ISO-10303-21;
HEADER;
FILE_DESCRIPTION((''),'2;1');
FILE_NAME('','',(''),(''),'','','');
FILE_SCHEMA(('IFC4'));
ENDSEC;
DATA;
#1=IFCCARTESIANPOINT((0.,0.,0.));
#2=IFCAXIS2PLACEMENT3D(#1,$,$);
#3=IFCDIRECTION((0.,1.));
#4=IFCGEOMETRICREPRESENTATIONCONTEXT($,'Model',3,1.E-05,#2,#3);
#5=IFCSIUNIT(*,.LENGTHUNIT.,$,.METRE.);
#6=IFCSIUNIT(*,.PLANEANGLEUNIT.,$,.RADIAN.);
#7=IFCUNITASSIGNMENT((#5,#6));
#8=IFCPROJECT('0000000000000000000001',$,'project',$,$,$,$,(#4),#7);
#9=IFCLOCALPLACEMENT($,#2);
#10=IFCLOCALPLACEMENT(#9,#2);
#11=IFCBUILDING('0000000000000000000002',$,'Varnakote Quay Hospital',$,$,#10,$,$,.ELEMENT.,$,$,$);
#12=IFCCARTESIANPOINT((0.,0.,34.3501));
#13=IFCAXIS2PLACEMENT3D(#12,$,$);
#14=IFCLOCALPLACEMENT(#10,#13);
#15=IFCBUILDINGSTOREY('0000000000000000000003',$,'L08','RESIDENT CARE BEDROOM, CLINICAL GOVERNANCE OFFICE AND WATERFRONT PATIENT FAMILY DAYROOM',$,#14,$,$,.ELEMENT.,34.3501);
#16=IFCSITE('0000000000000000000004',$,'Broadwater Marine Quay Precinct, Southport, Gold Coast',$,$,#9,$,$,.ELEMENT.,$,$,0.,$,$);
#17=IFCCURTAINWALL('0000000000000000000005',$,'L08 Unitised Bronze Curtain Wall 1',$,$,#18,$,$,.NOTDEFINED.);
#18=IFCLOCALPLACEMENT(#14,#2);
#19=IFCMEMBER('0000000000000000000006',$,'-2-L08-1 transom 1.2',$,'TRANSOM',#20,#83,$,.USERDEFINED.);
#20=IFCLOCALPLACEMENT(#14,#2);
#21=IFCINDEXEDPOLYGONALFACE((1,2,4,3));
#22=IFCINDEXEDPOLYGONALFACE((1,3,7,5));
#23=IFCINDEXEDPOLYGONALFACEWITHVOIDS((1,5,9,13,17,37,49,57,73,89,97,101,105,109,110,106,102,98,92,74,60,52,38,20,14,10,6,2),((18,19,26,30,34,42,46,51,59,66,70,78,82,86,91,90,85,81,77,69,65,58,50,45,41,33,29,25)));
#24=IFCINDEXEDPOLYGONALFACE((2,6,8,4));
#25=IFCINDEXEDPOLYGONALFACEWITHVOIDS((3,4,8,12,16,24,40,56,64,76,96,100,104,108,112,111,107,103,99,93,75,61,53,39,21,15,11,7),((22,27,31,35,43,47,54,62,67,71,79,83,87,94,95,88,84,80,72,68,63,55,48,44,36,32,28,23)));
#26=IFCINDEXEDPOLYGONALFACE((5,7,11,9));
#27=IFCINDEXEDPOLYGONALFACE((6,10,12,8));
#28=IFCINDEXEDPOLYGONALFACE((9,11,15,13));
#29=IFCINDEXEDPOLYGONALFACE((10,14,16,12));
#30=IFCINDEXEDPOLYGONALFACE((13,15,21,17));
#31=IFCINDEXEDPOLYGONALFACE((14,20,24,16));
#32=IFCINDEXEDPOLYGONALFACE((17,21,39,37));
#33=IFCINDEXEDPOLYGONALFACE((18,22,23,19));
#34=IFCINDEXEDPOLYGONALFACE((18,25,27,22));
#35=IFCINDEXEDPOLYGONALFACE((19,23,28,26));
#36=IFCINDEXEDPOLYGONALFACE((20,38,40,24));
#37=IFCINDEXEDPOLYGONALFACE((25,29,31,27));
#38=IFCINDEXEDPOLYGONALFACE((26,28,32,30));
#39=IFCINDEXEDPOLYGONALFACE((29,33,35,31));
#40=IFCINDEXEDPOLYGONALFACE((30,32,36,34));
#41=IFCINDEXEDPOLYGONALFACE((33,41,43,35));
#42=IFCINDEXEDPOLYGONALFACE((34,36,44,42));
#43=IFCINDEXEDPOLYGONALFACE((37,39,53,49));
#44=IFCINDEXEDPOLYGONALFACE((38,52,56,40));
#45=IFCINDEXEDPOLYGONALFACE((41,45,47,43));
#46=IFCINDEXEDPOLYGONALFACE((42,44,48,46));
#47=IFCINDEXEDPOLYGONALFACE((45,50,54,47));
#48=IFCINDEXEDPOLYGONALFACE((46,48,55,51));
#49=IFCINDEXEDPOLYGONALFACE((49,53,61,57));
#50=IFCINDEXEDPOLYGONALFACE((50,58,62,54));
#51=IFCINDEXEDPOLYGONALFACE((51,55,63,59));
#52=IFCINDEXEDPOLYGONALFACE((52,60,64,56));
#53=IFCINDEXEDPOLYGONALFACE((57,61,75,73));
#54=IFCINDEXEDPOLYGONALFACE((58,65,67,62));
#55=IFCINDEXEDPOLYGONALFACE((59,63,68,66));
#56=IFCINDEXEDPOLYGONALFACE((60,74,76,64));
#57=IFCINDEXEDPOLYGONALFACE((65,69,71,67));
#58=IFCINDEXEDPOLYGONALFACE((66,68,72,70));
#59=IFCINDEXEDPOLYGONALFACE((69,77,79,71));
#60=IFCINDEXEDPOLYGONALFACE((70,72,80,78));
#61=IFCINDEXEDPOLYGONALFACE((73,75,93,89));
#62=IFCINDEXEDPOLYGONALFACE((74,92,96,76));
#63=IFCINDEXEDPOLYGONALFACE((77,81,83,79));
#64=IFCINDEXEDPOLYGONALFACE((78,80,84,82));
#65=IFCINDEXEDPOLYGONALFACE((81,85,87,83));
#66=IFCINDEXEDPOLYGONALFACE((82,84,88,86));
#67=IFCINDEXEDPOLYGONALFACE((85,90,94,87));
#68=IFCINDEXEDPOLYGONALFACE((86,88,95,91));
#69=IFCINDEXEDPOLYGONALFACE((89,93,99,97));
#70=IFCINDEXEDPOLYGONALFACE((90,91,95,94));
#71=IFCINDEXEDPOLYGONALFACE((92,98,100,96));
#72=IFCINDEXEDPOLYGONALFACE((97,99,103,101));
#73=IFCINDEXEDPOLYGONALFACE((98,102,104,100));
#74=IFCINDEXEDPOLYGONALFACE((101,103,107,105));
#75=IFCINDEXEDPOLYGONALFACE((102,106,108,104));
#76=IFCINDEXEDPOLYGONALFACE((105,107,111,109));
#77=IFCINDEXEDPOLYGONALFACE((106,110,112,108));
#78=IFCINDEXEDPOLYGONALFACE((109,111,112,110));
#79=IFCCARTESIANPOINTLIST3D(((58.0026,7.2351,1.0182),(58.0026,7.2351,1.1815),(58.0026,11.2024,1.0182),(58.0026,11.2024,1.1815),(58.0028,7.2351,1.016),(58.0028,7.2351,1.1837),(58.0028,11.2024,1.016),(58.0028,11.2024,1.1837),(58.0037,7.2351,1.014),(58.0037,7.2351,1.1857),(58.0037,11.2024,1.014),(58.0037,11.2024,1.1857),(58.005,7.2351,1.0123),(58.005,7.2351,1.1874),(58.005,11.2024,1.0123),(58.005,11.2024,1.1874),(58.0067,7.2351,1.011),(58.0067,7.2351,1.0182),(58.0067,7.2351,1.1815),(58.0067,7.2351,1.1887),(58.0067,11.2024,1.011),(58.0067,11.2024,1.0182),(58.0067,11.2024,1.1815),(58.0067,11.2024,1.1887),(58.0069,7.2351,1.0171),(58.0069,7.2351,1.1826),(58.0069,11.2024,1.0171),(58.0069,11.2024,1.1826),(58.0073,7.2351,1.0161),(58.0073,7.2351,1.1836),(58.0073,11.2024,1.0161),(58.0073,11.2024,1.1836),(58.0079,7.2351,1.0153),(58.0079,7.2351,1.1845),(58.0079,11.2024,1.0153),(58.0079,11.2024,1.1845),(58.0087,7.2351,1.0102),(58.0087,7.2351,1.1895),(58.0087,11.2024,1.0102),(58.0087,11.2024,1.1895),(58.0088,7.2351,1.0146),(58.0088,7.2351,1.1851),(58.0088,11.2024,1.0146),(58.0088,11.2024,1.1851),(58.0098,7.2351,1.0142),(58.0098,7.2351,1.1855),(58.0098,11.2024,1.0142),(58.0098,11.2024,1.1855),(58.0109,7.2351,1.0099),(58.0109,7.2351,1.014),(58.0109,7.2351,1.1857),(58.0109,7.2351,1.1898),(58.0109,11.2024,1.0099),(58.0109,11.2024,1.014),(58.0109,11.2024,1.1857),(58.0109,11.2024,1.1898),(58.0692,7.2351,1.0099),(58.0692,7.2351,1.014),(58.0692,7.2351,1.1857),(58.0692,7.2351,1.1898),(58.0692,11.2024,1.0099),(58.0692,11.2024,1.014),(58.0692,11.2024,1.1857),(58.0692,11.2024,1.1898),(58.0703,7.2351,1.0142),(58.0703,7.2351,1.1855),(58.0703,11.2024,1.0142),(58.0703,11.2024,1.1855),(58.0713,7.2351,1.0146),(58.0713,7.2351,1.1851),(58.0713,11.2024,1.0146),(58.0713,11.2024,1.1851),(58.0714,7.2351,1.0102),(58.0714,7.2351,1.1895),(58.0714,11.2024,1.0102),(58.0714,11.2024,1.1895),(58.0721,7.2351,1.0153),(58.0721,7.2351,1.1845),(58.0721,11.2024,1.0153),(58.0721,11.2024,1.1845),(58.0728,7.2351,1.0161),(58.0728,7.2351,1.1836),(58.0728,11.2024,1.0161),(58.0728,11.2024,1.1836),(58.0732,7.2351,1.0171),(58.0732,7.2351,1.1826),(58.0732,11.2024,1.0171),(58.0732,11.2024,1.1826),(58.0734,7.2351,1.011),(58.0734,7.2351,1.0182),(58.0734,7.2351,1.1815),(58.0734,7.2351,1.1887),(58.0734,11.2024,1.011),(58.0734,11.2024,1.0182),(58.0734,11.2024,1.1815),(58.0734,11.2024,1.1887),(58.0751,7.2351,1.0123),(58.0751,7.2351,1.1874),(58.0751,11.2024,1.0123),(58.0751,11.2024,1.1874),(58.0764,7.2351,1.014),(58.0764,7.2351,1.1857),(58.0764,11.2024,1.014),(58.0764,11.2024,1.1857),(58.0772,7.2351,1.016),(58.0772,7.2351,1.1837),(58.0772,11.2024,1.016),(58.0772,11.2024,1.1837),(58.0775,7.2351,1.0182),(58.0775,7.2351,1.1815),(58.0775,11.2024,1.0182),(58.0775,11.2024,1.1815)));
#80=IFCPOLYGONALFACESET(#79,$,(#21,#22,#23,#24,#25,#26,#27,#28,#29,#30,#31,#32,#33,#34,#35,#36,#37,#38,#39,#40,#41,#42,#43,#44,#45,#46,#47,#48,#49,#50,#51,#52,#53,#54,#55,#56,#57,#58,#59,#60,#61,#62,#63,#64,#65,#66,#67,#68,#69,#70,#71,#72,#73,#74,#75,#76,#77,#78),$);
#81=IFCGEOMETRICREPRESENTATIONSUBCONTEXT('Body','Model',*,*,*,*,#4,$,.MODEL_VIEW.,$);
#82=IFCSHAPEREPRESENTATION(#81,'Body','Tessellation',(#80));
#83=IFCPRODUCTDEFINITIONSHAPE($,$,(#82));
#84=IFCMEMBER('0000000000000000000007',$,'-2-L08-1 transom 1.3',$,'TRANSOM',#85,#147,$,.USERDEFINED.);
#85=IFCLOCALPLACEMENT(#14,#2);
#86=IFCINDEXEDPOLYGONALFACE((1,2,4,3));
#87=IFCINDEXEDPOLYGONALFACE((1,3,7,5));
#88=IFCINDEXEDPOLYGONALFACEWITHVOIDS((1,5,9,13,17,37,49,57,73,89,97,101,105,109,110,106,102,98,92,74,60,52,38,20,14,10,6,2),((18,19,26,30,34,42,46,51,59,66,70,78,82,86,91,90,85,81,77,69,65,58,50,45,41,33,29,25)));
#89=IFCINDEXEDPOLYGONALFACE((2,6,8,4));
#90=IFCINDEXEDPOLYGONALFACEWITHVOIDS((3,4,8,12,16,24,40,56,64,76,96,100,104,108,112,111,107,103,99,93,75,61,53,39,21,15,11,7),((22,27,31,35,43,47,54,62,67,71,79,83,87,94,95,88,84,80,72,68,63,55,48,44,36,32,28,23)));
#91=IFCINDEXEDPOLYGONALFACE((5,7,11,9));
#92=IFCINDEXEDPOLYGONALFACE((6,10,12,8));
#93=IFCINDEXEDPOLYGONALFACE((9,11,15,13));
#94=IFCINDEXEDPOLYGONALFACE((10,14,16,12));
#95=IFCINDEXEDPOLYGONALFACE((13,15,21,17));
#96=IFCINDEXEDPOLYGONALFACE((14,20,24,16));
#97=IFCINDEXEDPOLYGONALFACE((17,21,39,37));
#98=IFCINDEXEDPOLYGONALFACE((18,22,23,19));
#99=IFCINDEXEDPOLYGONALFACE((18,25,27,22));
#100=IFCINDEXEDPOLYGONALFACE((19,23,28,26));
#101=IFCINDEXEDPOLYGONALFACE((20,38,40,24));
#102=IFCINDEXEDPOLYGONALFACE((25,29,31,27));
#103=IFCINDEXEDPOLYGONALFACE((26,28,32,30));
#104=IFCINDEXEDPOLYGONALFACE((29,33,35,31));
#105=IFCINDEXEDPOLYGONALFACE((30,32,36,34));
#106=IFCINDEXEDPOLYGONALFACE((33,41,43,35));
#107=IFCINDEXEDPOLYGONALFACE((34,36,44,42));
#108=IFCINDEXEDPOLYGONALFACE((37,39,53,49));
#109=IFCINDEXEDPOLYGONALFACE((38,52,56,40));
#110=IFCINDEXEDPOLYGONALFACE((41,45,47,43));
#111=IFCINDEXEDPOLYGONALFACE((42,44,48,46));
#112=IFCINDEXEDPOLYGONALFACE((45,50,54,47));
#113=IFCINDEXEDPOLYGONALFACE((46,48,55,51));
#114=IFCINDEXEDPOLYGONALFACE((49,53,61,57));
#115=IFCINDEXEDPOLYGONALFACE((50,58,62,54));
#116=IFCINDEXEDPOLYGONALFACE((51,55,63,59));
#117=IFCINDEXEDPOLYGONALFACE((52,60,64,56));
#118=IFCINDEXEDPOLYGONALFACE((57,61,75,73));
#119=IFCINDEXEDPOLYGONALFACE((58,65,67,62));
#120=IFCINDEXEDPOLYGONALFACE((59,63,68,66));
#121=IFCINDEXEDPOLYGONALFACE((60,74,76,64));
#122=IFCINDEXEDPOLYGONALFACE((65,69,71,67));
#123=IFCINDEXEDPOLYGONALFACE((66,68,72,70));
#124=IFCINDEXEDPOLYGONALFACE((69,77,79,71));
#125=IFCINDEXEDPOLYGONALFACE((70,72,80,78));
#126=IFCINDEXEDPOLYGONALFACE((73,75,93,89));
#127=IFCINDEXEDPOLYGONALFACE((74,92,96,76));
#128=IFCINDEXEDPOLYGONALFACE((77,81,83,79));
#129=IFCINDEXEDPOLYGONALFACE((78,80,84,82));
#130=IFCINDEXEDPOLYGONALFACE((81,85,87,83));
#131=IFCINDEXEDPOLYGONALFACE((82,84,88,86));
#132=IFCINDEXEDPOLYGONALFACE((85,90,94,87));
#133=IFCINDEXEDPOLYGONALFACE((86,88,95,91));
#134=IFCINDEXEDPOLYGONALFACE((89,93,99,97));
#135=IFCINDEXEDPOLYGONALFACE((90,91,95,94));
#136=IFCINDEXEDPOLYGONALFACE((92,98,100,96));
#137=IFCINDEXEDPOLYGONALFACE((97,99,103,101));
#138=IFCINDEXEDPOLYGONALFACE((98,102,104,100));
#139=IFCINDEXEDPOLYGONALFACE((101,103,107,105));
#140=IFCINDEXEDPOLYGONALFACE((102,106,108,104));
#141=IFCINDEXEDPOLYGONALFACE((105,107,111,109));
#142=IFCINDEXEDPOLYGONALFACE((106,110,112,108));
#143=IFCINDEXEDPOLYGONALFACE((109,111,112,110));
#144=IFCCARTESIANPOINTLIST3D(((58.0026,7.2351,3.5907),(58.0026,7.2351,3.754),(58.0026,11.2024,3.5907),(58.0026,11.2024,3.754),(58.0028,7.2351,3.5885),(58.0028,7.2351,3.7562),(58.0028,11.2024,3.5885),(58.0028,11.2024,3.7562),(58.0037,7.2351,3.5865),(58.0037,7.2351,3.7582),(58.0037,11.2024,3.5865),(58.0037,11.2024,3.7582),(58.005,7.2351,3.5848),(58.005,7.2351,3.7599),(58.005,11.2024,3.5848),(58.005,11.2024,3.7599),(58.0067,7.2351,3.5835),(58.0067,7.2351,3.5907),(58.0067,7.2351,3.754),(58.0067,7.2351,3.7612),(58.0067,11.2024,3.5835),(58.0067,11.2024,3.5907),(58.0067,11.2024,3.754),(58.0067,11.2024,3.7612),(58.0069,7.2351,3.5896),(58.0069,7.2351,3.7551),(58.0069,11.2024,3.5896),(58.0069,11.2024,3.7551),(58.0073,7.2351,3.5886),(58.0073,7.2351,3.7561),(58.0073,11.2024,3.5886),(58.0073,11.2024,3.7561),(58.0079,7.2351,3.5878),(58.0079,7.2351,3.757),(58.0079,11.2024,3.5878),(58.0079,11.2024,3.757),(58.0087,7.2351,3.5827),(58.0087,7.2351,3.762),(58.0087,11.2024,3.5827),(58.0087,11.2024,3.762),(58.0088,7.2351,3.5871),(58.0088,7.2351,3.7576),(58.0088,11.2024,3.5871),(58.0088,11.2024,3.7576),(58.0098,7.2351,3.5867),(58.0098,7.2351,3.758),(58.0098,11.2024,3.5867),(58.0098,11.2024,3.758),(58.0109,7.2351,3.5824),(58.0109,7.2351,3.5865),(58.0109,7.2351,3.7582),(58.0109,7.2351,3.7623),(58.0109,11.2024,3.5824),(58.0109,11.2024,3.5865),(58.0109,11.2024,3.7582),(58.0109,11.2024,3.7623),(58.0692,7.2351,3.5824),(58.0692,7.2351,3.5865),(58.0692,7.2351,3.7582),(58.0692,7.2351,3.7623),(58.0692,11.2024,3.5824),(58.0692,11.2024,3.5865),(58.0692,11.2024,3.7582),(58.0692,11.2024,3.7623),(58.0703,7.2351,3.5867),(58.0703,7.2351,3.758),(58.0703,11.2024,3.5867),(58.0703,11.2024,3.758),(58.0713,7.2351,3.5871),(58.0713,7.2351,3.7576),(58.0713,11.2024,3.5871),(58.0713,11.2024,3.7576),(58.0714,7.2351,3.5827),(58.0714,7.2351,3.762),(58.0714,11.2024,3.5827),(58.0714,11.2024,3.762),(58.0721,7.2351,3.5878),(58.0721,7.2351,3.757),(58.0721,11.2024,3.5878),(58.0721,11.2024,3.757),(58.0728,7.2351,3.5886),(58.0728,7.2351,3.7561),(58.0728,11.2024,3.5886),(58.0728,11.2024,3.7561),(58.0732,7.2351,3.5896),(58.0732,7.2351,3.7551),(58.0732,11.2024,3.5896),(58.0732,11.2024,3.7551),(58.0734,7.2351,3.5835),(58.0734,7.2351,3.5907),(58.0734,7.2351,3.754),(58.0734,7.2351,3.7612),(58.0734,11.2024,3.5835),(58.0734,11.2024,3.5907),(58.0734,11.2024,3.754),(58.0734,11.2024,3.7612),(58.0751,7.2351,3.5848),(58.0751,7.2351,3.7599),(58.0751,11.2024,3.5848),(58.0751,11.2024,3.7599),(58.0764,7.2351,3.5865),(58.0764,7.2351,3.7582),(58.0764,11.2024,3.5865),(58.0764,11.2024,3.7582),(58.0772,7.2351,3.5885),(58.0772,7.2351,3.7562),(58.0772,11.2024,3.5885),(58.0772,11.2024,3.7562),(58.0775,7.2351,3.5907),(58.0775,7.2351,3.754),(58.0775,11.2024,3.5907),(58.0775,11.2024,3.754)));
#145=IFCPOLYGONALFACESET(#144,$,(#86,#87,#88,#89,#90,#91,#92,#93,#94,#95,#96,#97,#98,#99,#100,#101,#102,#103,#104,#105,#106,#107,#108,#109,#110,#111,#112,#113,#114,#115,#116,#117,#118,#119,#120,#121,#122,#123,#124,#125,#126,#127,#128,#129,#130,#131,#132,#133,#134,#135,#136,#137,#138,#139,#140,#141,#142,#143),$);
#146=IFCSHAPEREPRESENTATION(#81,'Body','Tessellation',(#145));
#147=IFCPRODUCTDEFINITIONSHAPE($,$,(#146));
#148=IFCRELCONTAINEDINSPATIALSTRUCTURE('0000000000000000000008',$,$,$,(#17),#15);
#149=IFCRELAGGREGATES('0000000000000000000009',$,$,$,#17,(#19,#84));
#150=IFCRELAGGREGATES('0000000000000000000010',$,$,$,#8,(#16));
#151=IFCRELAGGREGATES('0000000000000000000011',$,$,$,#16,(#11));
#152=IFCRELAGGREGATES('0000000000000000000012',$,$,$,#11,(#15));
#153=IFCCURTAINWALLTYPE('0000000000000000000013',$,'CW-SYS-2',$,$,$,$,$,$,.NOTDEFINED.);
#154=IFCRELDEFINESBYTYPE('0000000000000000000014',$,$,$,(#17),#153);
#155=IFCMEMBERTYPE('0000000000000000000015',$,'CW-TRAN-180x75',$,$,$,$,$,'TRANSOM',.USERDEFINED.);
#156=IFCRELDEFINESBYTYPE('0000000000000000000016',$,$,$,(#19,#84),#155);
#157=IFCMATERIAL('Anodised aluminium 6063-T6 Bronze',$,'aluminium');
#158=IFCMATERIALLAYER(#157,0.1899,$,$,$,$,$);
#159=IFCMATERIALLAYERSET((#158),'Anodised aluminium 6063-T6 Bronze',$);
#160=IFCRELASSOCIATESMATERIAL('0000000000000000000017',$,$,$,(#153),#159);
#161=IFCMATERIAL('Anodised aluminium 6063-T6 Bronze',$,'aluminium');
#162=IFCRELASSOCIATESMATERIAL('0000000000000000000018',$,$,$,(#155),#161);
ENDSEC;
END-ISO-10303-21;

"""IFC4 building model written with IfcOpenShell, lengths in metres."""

from ifc_helpers import new_model, si_unit, direction, frame, origin, origin_2d, place, context, subcontext, project, spatial, hollow_rectangle, extrude, material, layer, layer_set, material_profile, profile_set, type_object, element, aggregate, save


model = new_model("IFC4")

# Units and contexts
model_context = context("Model", 3, precision=1e-05, world=origin(), true_north=direction((0.0, 1.0)))
body_context = subcontext(model_context, "Body", "Model", "MODEL_VIEW")
ifc_project = project(units=[si_unit("LENGTHUNIT", "METRE"), si_unit("PLANEANGLEUNIT", "RADIAN")], contexts=[model_context])

# Site, building, storey
site_placement = place(None, origin())
site = spatial("IfcSite", under=ifc_project, at=site_placement, Name="Broadwater Marine Quay Precinct, Southport, Gold Coast", CompositionType="ELEMENT", RefElevation=0.0)
building_placement = place(site_placement, origin())
building = spatial("IfcBuilding", under=site, at=building_placement, Name="Varnakote Quay Hospital", CompositionType="ELEMENT")
storey_placement = place(building_placement, frame((0.0, 0.0, 34.3501)))
storey = spatial("IfcBuildingStorey", under=building, at=storey_placement, Name="L08", Description="RESIDENT CARE BEDROOM, CLINICAL GOVERNANCE OFFICE AND WATERFRONT PATIENT FAMILY DAYROOM", CompositionType="ELEMENT", Elevation=34.3501)

# Curtain wall, members
ifc_material_1 = material(Name="Anodised aluminium 6063-T6 Bronze", Category="aluminium")
ifc_layer_1 = layer(ifc_material_1, 0.1899)
ifc_layer_set_1 = layer_set([ifc_layer_1], Name="Anodised aluminium 6063-T6 Bronze")
curtain_wall_type = type_object("IfcCurtainWallType", Name="CW-SYS-2", PredefinedType="NOTDEFINED", material=ifc_layer_set_1)
curtain_wall_placement = place(storey_placement, origin())
curtain_wall = element("IfcCurtainWall", 1, at=curtain_wall_placement, inside=storey, type_object=curtain_wall_type, Name="L08 Unitised Bronze Curtain Wall 1", PredefinedType="NOTDEFINED")
ifc_material_2 = material(Name="Anodised aluminium 6063-T6 Bronze", Category="aluminium")
ifc_material_profile_1 = material_profile(ifc_material_2, hollow_rectangle(XDim=0.075, YDim=0.1799, WallThickness=0.0042, InnerFilletRadius=0.0042, OuterFilletRadius=0.0083, at=origin_2d()), Name="CW-TRAN-180x75")
ifc_profile_set_1 = profile_set([ifc_material_profile_1], Name="Anodised aluminium 6063-T6 Bronze")
member_type_1 = type_object("IfcMemberType", Name="CW-TRAN-180x75", ElementType="TRANSOM", PredefinedType="USERDEFINED", material=ifc_profile_set_1)
member_1_placement = place(storey_placement, frame((58.04, 7.2351, 1.0999), z_axis=(0.0, 1.0, 0.0), x_axis=(-1.0, 0.0, 0.0)))
member_1 = element("IfcMember", 2, at=member_1_placement, type_object=member_type_1, Name="-2-L08-1 transom 1.2", ObjectType="TRANSOM", PredefinedType="USERDEFINED", context=body_context, shape_type="SweptSolid", body=[
    extrude(hollow_rectangle(XDim=0.075, YDim=0.1799, WallThickness=0.0042, InnerFilletRadius=0.0042, OuterFilletRadius=0.0083, at=origin_2d()), origin(), (0.0, 0.0, 1.0), 3.9673),
])
member_2_placement = place(storey_placement, frame((58.04, 7.2351, 3.6724), z_axis=(0.0, 1.0, 0.0), x_axis=(-1.0, 0.0, 0.0)))
member_2 = element("IfcMember", 3, at=member_2_placement, type_object=member_type_1, Name="-2-L08-1 transom 1.3", ObjectType="TRANSOM", PredefinedType="USERDEFINED", context=body_context, shape_type="SweptSolid", body=[
    extrude(hollow_rectangle(XDim=0.075, YDim=0.1799, WallThickness=0.0042, InnerFilletRadius=0.0042, OuterFilletRadius=0.0083, at=origin_2d()), origin(), (0.0, 0.0, 1.0), 3.9673),
])
aggregate(curtain_wall, [member_1, member_2])

save(model, "model.ifc")
